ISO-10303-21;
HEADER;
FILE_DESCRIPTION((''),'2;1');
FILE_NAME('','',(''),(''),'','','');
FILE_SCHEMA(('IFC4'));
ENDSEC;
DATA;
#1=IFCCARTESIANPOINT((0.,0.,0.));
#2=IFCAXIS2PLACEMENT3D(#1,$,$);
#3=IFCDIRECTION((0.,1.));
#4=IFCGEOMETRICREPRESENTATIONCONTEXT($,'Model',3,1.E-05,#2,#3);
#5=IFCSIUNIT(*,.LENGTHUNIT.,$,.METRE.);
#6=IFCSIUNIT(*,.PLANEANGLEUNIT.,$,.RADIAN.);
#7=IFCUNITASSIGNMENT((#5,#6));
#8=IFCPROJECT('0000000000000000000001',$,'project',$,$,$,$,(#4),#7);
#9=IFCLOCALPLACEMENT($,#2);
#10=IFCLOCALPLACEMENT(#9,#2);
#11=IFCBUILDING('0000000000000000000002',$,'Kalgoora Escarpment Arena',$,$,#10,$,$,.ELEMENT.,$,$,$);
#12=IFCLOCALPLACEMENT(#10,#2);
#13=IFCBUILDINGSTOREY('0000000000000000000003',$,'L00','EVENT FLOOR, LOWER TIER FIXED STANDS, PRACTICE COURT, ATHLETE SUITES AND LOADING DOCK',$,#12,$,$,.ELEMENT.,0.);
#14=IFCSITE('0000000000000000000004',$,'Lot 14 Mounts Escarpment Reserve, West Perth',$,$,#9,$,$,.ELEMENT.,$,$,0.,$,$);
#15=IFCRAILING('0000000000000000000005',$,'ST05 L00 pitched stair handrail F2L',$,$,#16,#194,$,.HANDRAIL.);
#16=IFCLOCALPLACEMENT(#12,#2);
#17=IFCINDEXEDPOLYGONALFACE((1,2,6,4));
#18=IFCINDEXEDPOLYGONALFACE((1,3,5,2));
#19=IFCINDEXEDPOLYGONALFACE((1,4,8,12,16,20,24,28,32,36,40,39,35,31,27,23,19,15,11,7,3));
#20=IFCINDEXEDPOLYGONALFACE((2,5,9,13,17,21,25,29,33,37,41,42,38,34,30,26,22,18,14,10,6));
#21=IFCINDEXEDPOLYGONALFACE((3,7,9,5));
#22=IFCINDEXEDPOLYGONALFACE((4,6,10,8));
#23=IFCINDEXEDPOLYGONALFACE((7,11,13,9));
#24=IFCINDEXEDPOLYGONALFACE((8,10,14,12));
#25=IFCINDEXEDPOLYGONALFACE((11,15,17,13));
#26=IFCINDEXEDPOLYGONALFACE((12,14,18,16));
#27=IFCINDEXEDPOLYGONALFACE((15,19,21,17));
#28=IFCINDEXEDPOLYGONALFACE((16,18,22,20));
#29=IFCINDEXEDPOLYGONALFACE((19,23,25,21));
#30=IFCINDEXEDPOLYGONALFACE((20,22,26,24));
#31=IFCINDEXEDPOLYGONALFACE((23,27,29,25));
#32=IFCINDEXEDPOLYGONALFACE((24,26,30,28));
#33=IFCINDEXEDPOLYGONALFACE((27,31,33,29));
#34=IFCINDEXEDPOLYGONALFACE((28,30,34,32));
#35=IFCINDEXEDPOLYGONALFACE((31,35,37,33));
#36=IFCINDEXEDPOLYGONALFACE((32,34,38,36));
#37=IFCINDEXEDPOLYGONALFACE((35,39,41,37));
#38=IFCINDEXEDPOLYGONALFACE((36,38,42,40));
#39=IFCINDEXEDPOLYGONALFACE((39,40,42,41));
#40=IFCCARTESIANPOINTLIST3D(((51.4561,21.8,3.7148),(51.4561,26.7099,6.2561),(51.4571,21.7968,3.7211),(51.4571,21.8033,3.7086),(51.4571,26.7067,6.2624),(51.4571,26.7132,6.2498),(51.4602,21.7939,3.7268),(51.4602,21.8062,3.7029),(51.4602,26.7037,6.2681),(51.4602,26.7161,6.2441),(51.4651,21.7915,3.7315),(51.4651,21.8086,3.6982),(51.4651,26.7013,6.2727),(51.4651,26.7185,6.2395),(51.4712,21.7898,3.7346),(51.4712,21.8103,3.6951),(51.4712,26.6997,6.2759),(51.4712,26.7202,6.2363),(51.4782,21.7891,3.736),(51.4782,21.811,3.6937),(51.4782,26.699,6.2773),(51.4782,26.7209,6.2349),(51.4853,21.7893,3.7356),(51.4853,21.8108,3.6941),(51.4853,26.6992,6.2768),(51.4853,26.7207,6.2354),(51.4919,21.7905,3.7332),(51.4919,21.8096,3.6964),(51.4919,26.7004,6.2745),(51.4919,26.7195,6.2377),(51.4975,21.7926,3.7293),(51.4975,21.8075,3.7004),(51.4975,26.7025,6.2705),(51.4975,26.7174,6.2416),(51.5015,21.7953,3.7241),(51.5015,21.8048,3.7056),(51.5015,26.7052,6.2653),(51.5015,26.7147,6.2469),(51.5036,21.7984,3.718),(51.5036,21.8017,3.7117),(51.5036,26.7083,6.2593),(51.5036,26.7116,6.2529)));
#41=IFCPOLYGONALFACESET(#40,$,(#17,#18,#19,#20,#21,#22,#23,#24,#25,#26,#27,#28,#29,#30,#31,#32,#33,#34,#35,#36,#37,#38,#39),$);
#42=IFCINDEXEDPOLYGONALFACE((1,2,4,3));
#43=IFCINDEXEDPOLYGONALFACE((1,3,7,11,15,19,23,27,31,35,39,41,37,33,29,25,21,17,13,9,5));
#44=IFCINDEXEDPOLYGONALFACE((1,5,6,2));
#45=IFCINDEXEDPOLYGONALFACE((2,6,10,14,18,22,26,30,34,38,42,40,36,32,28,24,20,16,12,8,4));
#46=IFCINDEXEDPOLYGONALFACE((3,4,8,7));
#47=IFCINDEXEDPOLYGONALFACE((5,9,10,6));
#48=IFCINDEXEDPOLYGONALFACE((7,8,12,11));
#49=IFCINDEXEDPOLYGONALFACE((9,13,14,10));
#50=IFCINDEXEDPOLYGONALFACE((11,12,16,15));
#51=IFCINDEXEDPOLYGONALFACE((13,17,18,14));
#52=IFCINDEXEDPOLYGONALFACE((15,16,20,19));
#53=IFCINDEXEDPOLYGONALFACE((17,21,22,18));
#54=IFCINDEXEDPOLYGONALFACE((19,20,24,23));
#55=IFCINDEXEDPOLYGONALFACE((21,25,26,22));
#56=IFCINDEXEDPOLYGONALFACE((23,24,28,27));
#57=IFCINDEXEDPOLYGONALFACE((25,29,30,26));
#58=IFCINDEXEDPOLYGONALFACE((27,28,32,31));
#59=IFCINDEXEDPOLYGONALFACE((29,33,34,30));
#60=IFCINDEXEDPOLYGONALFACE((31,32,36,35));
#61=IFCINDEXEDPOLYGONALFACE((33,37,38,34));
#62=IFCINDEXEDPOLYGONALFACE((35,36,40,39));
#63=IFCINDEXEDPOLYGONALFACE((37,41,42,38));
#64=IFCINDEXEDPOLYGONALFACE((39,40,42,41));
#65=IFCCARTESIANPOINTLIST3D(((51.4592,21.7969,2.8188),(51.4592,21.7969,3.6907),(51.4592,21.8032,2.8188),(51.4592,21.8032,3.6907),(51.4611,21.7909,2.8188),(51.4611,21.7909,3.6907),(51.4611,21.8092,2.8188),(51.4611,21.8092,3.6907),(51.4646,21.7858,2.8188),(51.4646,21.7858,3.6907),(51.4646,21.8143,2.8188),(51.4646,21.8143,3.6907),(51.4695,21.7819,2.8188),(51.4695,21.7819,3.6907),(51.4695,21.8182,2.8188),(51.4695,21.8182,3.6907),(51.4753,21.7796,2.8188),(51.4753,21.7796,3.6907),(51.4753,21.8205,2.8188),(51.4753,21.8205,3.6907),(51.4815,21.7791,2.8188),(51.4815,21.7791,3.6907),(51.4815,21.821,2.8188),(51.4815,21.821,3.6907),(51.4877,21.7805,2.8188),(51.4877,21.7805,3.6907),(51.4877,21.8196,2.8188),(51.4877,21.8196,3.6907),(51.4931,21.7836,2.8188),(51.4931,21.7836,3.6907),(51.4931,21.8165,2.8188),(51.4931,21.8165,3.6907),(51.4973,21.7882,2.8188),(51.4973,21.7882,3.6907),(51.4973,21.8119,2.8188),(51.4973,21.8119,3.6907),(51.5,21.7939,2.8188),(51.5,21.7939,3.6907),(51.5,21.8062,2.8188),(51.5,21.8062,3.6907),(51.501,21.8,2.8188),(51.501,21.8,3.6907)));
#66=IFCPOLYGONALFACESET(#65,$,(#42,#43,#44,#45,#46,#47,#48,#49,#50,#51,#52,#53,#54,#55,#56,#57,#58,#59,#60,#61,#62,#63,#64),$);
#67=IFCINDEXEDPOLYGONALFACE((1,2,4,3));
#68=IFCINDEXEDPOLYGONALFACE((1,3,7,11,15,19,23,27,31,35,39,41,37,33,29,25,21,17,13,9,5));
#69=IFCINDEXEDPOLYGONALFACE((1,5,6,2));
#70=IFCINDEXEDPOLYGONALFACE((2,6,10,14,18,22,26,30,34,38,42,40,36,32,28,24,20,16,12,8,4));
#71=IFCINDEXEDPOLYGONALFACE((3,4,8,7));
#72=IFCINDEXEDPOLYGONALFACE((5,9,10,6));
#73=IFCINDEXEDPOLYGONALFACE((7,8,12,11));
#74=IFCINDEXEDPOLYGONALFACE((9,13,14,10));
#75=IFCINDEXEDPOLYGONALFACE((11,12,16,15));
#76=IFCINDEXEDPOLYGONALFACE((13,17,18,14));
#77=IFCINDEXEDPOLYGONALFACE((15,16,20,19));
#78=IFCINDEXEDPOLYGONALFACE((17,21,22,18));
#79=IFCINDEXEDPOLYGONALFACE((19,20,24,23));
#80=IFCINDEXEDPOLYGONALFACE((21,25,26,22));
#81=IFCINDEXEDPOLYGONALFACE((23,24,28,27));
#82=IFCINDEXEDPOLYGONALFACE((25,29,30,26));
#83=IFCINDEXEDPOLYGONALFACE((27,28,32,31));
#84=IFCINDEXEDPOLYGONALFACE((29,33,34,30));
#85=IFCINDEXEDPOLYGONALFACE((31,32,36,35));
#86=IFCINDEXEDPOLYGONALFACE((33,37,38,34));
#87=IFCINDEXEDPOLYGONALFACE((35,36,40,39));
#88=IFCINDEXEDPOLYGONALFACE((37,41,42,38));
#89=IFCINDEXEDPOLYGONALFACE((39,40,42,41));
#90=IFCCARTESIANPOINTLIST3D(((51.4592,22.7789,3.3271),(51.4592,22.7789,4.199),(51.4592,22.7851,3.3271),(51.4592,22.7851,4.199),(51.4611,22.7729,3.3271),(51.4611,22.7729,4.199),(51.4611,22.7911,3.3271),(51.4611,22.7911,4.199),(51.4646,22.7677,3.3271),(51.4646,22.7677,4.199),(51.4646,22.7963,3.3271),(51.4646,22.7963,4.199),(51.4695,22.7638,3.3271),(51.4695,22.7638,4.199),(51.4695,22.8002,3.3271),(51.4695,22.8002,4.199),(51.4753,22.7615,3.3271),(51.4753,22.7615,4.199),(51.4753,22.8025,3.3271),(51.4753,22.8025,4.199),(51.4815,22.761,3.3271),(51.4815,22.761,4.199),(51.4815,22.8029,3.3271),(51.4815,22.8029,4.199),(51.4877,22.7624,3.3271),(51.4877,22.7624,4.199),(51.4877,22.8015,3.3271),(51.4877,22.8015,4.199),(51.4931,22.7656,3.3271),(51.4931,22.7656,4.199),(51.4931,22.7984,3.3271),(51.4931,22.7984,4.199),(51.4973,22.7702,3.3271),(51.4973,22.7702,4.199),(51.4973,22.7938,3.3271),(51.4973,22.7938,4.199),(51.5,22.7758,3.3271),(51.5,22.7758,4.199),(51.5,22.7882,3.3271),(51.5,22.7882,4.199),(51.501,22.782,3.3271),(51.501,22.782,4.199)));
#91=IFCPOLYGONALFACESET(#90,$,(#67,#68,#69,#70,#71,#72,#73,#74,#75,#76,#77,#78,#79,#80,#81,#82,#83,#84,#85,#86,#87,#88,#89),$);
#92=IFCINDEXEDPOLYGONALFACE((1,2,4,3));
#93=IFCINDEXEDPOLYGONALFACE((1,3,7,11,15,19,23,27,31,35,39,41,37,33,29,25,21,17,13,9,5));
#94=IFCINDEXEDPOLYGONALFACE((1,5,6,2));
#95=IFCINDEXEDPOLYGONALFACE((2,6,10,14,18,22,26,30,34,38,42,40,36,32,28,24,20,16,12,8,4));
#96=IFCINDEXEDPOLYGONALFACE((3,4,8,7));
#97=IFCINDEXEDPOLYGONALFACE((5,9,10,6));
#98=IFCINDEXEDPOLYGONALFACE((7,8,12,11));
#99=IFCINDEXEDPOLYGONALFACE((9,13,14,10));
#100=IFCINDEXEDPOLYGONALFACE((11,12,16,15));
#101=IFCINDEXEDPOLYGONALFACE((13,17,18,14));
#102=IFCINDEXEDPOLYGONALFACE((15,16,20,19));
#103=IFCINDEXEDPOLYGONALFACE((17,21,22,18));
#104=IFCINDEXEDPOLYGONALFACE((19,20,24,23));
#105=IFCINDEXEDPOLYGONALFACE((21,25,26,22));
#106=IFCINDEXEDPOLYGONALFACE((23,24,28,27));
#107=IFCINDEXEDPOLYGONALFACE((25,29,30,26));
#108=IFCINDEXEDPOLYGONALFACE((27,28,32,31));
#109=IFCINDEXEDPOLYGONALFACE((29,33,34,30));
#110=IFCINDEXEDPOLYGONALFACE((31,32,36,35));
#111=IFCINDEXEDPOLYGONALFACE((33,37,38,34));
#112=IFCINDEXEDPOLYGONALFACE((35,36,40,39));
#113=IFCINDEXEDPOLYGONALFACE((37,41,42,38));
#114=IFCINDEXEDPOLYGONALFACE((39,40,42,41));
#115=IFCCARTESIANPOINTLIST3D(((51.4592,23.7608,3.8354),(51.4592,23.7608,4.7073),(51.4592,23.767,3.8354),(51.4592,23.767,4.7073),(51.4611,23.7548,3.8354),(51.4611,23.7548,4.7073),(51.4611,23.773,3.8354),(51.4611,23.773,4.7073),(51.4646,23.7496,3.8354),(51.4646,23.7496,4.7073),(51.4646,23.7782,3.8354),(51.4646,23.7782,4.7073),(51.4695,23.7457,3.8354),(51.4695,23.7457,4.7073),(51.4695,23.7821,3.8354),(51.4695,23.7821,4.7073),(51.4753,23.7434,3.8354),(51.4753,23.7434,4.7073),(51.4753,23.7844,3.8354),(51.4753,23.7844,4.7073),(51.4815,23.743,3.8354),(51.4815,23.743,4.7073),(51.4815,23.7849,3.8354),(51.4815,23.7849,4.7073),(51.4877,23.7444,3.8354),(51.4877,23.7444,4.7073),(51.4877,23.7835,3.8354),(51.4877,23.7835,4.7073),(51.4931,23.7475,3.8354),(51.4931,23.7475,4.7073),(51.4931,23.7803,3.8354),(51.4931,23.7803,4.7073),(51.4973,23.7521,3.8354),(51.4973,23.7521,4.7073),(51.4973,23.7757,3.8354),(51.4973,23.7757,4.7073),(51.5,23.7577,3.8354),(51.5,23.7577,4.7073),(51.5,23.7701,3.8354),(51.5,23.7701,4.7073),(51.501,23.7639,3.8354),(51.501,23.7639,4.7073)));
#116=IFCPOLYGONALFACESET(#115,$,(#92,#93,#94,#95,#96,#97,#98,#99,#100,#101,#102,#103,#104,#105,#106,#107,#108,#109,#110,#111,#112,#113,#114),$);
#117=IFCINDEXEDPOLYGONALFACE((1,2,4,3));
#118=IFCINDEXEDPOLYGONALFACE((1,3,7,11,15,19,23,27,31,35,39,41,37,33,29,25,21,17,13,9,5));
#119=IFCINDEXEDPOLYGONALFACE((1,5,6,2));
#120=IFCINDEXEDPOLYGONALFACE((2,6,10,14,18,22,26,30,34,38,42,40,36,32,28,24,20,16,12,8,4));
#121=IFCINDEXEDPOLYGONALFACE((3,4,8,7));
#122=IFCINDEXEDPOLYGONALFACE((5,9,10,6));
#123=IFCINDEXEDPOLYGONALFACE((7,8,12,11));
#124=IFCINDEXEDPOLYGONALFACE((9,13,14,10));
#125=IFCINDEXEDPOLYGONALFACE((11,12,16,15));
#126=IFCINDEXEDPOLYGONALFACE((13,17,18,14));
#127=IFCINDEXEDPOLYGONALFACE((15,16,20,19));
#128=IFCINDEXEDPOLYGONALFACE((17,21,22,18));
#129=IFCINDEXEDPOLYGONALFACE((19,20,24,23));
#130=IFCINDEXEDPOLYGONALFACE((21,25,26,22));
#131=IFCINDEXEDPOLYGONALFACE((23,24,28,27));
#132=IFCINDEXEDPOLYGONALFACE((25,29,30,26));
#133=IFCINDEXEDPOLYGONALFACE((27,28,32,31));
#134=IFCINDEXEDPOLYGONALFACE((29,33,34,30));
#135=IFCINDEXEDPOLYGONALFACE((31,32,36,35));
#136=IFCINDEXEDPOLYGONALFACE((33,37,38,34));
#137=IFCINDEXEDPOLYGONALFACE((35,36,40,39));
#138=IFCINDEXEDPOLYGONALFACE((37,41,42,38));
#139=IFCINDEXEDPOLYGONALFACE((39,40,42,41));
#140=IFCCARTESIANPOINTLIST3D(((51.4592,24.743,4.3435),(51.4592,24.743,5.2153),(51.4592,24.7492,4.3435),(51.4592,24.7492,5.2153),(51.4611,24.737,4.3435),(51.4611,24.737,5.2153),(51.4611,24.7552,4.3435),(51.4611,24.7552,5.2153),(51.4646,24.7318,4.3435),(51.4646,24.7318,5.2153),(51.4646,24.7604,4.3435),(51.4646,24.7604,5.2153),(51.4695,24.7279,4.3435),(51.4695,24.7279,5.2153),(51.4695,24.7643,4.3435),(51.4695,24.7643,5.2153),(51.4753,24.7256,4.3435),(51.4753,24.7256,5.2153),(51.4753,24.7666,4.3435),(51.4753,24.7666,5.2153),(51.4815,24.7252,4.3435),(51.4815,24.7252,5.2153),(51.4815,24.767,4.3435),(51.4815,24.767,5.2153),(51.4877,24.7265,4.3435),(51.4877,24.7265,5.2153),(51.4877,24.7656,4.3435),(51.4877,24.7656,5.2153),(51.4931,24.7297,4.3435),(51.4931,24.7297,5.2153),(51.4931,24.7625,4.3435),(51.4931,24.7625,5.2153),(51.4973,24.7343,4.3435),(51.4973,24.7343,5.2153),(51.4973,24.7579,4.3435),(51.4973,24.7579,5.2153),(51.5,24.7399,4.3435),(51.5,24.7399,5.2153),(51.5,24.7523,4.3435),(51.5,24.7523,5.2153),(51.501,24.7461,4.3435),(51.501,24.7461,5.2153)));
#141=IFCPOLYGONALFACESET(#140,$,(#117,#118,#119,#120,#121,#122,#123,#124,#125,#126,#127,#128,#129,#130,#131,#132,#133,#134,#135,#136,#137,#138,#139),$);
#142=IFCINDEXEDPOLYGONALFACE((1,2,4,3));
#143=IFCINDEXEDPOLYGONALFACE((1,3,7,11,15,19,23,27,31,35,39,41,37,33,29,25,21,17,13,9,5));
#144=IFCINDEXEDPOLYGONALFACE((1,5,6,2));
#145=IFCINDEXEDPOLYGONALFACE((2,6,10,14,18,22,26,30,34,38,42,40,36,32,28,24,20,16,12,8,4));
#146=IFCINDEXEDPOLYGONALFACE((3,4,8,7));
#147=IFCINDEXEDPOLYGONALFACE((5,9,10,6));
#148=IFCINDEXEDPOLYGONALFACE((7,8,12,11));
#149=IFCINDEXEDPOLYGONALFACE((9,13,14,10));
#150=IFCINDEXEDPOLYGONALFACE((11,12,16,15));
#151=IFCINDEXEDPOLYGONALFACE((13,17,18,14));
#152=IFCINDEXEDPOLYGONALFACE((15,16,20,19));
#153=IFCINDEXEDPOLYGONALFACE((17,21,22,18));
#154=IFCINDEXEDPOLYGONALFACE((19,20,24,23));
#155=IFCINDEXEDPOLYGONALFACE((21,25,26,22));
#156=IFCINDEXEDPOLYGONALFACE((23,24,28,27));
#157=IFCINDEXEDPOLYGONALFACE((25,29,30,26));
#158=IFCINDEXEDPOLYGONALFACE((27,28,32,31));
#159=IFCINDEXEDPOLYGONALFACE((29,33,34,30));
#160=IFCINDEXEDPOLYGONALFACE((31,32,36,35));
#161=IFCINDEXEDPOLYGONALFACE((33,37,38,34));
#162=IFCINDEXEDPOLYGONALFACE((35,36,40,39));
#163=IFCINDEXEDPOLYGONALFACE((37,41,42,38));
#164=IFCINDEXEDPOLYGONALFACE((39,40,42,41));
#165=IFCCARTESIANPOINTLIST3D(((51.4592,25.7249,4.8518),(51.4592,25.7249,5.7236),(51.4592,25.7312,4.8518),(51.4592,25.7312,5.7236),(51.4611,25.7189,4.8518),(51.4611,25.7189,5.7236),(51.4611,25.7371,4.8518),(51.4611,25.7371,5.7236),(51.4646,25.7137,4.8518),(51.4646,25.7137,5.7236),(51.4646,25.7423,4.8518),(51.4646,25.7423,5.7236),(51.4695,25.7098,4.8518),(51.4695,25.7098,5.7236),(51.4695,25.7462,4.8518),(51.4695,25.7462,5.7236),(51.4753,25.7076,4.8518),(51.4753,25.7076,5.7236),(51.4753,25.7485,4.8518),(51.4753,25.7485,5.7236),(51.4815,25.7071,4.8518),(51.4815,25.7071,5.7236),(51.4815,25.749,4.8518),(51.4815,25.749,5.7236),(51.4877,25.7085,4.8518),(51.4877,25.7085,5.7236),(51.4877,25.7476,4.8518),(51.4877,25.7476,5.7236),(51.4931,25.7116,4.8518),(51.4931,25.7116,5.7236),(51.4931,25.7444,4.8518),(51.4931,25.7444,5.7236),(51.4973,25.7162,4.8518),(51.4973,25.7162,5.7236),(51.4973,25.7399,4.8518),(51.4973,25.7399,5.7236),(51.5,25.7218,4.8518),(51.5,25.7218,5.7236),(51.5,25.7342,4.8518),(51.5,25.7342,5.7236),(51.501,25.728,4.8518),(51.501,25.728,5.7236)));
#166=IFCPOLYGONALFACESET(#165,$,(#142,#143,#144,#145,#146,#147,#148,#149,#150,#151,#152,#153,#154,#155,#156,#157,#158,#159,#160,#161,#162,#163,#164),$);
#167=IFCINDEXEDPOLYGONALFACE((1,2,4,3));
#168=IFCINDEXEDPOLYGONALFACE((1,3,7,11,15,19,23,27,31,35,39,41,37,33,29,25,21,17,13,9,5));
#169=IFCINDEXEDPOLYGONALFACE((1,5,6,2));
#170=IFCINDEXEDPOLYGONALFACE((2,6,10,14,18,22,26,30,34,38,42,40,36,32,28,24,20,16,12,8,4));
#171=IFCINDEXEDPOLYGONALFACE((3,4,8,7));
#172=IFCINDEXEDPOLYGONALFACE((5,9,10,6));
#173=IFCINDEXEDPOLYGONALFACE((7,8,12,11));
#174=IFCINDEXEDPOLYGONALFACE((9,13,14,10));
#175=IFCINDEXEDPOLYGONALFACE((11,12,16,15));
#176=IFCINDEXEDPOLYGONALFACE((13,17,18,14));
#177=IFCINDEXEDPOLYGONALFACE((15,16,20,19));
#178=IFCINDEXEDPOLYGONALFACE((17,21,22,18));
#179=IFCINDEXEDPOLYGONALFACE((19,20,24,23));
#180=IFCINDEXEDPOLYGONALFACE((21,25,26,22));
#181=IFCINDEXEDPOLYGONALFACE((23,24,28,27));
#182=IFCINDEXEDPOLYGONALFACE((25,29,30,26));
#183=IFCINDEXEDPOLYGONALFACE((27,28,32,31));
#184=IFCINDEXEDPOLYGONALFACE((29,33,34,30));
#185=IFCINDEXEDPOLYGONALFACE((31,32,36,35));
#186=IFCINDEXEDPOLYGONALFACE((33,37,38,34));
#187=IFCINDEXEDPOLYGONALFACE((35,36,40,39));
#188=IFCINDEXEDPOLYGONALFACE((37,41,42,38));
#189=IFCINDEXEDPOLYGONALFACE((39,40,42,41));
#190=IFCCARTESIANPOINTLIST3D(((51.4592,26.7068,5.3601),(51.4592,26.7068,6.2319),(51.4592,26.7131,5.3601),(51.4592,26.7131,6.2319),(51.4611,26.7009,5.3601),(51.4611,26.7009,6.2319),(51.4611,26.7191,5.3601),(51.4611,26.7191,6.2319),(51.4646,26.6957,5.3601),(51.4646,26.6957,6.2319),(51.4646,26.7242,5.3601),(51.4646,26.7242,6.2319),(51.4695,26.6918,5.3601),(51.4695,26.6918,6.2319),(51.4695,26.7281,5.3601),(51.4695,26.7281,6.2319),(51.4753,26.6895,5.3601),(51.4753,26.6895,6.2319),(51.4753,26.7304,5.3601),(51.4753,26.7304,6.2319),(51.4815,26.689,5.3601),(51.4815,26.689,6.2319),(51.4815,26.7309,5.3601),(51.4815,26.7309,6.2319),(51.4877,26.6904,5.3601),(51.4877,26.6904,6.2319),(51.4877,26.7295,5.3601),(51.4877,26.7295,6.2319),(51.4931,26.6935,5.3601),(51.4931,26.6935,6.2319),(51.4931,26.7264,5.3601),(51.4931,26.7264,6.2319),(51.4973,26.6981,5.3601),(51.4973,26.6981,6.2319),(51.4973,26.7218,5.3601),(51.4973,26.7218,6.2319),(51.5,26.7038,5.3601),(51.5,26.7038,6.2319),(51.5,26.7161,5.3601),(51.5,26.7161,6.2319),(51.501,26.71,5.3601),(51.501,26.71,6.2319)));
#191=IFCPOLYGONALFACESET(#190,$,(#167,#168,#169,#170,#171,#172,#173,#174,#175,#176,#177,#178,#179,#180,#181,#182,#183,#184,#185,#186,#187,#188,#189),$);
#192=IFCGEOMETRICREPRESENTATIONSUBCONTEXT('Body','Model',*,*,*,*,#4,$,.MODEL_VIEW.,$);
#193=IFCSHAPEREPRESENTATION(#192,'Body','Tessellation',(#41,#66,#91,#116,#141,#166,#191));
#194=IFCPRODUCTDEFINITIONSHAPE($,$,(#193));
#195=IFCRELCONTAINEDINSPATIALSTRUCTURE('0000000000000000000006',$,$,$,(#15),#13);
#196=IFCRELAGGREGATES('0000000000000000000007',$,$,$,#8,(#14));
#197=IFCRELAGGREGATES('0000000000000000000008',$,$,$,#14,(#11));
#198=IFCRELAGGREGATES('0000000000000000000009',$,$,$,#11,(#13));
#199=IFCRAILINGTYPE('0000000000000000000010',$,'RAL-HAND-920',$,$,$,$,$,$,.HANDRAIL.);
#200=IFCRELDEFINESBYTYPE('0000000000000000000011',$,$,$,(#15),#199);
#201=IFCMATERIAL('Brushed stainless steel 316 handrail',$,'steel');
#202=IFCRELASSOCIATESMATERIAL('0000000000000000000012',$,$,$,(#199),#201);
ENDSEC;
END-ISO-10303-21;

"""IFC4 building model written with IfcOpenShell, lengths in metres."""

from ifc_helpers import new_model, si_unit, direction, frame, origin, origin_2d, place, context, subcontext, project, spatial, circle, extrude, material, type_object, element, save


model = new_model("IFC4")

# Units and contexts
model_context = context("Model", 3, precision=1e-05, world=origin(), true_north=direction((0.0, 1.0)))
body_context = subcontext(model_context, "Body", "Model", "MODEL_VIEW")
ifc_project = project(units=[si_unit("LENGTHUNIT", "METRE"), si_unit("PLANEANGLEUNIT", "RADIAN")], contexts=[model_context])

# Site, building, storey
site_placement = place(None, origin())
site = spatial("IfcSite", under=ifc_project, at=site_placement, Name="Lot 14 Mounts Escarpment Reserve, West Perth", CompositionType="ELEMENT", RefElevation=0.0)
building_placement = place(site_placement, origin())
building = spatial("IfcBuilding", under=site, at=building_placement, Name="Kalgoora Escarpment Arena", CompositionType="ELEMENT")
storey_placement = place(building_placement, origin())
storey = spatial("IfcBuildingStorey", under=building, at=storey_placement, Name="L00", Description="EVENT FLOOR, LOWER TIER FIXED STANDS, PRACTICE COURT, ATHLETE SUITES AND LOADING DOCK", CompositionType="ELEMENT", Elevation=0.0)

# Railing
ifc_material_1 = material(Name="Brushed stainless steel 316 handrail", Category="steel")
railing_type = type_object("IfcRailingType", Name="RAL-HAND-920", PredefinedType="HANDRAIL", material=ifc_material_1)
for number, where, name in (
    (1, (51.48, 21.8, 2.8188), "ST05 L00 pitched stair handrail F2L"),
):
    element("IfcRailing", number, at=place(storey_placement, frame(where)), inside=storey, type_object=railing_type, Name=name, PredefinedType="HANDRAIL", context=body_context, shape_type="SweptSolid", body=[
        extrude(circle(Radius=0.0239, at=origin_2d()), frame((0.0, 0.0, 0.896), z_axis=(0.0, 0.888096, 0.459658), x_axis=(-1.0, 0.0, 0.0)), (0.0, 0.0, 1.0), 5.5286),
        extrude(circle(Radius=0.021, at=origin_2d()), origin(), (0.0, 0.0, 1.0), 0.8718),
        extrude(circle(Radius=0.021, at=origin_2d()), frame((0.0, 0.9819, 0.5083)), (0.0, 0.0, 1.0), 0.8718),
        extrude(circle(Radius=0.021, at=origin_2d()), frame((0.0, 1.9639, 1.0166)), (0.0, 0.0, 1.0), 0.8718),
        extrude(circle(Radius=0.021, at=origin_2d()), frame((0.0, 2.946, 1.5247)), (0.0, 0.0, 1.0), 0.8718),
        extrude(circle(Radius=0.021, at=origin_2d()), frame((0.0, 3.928, 2.033)), (0.0, 0.0, 1.0), 0.8718),
        extrude(circle(Radius=0.021, at=origin_2d()), frame((0.0, 4.9099, 2.5413)), (0.0, 0.0, 1.0), 0.8718),
    ])

save(model, "model.ifc")
